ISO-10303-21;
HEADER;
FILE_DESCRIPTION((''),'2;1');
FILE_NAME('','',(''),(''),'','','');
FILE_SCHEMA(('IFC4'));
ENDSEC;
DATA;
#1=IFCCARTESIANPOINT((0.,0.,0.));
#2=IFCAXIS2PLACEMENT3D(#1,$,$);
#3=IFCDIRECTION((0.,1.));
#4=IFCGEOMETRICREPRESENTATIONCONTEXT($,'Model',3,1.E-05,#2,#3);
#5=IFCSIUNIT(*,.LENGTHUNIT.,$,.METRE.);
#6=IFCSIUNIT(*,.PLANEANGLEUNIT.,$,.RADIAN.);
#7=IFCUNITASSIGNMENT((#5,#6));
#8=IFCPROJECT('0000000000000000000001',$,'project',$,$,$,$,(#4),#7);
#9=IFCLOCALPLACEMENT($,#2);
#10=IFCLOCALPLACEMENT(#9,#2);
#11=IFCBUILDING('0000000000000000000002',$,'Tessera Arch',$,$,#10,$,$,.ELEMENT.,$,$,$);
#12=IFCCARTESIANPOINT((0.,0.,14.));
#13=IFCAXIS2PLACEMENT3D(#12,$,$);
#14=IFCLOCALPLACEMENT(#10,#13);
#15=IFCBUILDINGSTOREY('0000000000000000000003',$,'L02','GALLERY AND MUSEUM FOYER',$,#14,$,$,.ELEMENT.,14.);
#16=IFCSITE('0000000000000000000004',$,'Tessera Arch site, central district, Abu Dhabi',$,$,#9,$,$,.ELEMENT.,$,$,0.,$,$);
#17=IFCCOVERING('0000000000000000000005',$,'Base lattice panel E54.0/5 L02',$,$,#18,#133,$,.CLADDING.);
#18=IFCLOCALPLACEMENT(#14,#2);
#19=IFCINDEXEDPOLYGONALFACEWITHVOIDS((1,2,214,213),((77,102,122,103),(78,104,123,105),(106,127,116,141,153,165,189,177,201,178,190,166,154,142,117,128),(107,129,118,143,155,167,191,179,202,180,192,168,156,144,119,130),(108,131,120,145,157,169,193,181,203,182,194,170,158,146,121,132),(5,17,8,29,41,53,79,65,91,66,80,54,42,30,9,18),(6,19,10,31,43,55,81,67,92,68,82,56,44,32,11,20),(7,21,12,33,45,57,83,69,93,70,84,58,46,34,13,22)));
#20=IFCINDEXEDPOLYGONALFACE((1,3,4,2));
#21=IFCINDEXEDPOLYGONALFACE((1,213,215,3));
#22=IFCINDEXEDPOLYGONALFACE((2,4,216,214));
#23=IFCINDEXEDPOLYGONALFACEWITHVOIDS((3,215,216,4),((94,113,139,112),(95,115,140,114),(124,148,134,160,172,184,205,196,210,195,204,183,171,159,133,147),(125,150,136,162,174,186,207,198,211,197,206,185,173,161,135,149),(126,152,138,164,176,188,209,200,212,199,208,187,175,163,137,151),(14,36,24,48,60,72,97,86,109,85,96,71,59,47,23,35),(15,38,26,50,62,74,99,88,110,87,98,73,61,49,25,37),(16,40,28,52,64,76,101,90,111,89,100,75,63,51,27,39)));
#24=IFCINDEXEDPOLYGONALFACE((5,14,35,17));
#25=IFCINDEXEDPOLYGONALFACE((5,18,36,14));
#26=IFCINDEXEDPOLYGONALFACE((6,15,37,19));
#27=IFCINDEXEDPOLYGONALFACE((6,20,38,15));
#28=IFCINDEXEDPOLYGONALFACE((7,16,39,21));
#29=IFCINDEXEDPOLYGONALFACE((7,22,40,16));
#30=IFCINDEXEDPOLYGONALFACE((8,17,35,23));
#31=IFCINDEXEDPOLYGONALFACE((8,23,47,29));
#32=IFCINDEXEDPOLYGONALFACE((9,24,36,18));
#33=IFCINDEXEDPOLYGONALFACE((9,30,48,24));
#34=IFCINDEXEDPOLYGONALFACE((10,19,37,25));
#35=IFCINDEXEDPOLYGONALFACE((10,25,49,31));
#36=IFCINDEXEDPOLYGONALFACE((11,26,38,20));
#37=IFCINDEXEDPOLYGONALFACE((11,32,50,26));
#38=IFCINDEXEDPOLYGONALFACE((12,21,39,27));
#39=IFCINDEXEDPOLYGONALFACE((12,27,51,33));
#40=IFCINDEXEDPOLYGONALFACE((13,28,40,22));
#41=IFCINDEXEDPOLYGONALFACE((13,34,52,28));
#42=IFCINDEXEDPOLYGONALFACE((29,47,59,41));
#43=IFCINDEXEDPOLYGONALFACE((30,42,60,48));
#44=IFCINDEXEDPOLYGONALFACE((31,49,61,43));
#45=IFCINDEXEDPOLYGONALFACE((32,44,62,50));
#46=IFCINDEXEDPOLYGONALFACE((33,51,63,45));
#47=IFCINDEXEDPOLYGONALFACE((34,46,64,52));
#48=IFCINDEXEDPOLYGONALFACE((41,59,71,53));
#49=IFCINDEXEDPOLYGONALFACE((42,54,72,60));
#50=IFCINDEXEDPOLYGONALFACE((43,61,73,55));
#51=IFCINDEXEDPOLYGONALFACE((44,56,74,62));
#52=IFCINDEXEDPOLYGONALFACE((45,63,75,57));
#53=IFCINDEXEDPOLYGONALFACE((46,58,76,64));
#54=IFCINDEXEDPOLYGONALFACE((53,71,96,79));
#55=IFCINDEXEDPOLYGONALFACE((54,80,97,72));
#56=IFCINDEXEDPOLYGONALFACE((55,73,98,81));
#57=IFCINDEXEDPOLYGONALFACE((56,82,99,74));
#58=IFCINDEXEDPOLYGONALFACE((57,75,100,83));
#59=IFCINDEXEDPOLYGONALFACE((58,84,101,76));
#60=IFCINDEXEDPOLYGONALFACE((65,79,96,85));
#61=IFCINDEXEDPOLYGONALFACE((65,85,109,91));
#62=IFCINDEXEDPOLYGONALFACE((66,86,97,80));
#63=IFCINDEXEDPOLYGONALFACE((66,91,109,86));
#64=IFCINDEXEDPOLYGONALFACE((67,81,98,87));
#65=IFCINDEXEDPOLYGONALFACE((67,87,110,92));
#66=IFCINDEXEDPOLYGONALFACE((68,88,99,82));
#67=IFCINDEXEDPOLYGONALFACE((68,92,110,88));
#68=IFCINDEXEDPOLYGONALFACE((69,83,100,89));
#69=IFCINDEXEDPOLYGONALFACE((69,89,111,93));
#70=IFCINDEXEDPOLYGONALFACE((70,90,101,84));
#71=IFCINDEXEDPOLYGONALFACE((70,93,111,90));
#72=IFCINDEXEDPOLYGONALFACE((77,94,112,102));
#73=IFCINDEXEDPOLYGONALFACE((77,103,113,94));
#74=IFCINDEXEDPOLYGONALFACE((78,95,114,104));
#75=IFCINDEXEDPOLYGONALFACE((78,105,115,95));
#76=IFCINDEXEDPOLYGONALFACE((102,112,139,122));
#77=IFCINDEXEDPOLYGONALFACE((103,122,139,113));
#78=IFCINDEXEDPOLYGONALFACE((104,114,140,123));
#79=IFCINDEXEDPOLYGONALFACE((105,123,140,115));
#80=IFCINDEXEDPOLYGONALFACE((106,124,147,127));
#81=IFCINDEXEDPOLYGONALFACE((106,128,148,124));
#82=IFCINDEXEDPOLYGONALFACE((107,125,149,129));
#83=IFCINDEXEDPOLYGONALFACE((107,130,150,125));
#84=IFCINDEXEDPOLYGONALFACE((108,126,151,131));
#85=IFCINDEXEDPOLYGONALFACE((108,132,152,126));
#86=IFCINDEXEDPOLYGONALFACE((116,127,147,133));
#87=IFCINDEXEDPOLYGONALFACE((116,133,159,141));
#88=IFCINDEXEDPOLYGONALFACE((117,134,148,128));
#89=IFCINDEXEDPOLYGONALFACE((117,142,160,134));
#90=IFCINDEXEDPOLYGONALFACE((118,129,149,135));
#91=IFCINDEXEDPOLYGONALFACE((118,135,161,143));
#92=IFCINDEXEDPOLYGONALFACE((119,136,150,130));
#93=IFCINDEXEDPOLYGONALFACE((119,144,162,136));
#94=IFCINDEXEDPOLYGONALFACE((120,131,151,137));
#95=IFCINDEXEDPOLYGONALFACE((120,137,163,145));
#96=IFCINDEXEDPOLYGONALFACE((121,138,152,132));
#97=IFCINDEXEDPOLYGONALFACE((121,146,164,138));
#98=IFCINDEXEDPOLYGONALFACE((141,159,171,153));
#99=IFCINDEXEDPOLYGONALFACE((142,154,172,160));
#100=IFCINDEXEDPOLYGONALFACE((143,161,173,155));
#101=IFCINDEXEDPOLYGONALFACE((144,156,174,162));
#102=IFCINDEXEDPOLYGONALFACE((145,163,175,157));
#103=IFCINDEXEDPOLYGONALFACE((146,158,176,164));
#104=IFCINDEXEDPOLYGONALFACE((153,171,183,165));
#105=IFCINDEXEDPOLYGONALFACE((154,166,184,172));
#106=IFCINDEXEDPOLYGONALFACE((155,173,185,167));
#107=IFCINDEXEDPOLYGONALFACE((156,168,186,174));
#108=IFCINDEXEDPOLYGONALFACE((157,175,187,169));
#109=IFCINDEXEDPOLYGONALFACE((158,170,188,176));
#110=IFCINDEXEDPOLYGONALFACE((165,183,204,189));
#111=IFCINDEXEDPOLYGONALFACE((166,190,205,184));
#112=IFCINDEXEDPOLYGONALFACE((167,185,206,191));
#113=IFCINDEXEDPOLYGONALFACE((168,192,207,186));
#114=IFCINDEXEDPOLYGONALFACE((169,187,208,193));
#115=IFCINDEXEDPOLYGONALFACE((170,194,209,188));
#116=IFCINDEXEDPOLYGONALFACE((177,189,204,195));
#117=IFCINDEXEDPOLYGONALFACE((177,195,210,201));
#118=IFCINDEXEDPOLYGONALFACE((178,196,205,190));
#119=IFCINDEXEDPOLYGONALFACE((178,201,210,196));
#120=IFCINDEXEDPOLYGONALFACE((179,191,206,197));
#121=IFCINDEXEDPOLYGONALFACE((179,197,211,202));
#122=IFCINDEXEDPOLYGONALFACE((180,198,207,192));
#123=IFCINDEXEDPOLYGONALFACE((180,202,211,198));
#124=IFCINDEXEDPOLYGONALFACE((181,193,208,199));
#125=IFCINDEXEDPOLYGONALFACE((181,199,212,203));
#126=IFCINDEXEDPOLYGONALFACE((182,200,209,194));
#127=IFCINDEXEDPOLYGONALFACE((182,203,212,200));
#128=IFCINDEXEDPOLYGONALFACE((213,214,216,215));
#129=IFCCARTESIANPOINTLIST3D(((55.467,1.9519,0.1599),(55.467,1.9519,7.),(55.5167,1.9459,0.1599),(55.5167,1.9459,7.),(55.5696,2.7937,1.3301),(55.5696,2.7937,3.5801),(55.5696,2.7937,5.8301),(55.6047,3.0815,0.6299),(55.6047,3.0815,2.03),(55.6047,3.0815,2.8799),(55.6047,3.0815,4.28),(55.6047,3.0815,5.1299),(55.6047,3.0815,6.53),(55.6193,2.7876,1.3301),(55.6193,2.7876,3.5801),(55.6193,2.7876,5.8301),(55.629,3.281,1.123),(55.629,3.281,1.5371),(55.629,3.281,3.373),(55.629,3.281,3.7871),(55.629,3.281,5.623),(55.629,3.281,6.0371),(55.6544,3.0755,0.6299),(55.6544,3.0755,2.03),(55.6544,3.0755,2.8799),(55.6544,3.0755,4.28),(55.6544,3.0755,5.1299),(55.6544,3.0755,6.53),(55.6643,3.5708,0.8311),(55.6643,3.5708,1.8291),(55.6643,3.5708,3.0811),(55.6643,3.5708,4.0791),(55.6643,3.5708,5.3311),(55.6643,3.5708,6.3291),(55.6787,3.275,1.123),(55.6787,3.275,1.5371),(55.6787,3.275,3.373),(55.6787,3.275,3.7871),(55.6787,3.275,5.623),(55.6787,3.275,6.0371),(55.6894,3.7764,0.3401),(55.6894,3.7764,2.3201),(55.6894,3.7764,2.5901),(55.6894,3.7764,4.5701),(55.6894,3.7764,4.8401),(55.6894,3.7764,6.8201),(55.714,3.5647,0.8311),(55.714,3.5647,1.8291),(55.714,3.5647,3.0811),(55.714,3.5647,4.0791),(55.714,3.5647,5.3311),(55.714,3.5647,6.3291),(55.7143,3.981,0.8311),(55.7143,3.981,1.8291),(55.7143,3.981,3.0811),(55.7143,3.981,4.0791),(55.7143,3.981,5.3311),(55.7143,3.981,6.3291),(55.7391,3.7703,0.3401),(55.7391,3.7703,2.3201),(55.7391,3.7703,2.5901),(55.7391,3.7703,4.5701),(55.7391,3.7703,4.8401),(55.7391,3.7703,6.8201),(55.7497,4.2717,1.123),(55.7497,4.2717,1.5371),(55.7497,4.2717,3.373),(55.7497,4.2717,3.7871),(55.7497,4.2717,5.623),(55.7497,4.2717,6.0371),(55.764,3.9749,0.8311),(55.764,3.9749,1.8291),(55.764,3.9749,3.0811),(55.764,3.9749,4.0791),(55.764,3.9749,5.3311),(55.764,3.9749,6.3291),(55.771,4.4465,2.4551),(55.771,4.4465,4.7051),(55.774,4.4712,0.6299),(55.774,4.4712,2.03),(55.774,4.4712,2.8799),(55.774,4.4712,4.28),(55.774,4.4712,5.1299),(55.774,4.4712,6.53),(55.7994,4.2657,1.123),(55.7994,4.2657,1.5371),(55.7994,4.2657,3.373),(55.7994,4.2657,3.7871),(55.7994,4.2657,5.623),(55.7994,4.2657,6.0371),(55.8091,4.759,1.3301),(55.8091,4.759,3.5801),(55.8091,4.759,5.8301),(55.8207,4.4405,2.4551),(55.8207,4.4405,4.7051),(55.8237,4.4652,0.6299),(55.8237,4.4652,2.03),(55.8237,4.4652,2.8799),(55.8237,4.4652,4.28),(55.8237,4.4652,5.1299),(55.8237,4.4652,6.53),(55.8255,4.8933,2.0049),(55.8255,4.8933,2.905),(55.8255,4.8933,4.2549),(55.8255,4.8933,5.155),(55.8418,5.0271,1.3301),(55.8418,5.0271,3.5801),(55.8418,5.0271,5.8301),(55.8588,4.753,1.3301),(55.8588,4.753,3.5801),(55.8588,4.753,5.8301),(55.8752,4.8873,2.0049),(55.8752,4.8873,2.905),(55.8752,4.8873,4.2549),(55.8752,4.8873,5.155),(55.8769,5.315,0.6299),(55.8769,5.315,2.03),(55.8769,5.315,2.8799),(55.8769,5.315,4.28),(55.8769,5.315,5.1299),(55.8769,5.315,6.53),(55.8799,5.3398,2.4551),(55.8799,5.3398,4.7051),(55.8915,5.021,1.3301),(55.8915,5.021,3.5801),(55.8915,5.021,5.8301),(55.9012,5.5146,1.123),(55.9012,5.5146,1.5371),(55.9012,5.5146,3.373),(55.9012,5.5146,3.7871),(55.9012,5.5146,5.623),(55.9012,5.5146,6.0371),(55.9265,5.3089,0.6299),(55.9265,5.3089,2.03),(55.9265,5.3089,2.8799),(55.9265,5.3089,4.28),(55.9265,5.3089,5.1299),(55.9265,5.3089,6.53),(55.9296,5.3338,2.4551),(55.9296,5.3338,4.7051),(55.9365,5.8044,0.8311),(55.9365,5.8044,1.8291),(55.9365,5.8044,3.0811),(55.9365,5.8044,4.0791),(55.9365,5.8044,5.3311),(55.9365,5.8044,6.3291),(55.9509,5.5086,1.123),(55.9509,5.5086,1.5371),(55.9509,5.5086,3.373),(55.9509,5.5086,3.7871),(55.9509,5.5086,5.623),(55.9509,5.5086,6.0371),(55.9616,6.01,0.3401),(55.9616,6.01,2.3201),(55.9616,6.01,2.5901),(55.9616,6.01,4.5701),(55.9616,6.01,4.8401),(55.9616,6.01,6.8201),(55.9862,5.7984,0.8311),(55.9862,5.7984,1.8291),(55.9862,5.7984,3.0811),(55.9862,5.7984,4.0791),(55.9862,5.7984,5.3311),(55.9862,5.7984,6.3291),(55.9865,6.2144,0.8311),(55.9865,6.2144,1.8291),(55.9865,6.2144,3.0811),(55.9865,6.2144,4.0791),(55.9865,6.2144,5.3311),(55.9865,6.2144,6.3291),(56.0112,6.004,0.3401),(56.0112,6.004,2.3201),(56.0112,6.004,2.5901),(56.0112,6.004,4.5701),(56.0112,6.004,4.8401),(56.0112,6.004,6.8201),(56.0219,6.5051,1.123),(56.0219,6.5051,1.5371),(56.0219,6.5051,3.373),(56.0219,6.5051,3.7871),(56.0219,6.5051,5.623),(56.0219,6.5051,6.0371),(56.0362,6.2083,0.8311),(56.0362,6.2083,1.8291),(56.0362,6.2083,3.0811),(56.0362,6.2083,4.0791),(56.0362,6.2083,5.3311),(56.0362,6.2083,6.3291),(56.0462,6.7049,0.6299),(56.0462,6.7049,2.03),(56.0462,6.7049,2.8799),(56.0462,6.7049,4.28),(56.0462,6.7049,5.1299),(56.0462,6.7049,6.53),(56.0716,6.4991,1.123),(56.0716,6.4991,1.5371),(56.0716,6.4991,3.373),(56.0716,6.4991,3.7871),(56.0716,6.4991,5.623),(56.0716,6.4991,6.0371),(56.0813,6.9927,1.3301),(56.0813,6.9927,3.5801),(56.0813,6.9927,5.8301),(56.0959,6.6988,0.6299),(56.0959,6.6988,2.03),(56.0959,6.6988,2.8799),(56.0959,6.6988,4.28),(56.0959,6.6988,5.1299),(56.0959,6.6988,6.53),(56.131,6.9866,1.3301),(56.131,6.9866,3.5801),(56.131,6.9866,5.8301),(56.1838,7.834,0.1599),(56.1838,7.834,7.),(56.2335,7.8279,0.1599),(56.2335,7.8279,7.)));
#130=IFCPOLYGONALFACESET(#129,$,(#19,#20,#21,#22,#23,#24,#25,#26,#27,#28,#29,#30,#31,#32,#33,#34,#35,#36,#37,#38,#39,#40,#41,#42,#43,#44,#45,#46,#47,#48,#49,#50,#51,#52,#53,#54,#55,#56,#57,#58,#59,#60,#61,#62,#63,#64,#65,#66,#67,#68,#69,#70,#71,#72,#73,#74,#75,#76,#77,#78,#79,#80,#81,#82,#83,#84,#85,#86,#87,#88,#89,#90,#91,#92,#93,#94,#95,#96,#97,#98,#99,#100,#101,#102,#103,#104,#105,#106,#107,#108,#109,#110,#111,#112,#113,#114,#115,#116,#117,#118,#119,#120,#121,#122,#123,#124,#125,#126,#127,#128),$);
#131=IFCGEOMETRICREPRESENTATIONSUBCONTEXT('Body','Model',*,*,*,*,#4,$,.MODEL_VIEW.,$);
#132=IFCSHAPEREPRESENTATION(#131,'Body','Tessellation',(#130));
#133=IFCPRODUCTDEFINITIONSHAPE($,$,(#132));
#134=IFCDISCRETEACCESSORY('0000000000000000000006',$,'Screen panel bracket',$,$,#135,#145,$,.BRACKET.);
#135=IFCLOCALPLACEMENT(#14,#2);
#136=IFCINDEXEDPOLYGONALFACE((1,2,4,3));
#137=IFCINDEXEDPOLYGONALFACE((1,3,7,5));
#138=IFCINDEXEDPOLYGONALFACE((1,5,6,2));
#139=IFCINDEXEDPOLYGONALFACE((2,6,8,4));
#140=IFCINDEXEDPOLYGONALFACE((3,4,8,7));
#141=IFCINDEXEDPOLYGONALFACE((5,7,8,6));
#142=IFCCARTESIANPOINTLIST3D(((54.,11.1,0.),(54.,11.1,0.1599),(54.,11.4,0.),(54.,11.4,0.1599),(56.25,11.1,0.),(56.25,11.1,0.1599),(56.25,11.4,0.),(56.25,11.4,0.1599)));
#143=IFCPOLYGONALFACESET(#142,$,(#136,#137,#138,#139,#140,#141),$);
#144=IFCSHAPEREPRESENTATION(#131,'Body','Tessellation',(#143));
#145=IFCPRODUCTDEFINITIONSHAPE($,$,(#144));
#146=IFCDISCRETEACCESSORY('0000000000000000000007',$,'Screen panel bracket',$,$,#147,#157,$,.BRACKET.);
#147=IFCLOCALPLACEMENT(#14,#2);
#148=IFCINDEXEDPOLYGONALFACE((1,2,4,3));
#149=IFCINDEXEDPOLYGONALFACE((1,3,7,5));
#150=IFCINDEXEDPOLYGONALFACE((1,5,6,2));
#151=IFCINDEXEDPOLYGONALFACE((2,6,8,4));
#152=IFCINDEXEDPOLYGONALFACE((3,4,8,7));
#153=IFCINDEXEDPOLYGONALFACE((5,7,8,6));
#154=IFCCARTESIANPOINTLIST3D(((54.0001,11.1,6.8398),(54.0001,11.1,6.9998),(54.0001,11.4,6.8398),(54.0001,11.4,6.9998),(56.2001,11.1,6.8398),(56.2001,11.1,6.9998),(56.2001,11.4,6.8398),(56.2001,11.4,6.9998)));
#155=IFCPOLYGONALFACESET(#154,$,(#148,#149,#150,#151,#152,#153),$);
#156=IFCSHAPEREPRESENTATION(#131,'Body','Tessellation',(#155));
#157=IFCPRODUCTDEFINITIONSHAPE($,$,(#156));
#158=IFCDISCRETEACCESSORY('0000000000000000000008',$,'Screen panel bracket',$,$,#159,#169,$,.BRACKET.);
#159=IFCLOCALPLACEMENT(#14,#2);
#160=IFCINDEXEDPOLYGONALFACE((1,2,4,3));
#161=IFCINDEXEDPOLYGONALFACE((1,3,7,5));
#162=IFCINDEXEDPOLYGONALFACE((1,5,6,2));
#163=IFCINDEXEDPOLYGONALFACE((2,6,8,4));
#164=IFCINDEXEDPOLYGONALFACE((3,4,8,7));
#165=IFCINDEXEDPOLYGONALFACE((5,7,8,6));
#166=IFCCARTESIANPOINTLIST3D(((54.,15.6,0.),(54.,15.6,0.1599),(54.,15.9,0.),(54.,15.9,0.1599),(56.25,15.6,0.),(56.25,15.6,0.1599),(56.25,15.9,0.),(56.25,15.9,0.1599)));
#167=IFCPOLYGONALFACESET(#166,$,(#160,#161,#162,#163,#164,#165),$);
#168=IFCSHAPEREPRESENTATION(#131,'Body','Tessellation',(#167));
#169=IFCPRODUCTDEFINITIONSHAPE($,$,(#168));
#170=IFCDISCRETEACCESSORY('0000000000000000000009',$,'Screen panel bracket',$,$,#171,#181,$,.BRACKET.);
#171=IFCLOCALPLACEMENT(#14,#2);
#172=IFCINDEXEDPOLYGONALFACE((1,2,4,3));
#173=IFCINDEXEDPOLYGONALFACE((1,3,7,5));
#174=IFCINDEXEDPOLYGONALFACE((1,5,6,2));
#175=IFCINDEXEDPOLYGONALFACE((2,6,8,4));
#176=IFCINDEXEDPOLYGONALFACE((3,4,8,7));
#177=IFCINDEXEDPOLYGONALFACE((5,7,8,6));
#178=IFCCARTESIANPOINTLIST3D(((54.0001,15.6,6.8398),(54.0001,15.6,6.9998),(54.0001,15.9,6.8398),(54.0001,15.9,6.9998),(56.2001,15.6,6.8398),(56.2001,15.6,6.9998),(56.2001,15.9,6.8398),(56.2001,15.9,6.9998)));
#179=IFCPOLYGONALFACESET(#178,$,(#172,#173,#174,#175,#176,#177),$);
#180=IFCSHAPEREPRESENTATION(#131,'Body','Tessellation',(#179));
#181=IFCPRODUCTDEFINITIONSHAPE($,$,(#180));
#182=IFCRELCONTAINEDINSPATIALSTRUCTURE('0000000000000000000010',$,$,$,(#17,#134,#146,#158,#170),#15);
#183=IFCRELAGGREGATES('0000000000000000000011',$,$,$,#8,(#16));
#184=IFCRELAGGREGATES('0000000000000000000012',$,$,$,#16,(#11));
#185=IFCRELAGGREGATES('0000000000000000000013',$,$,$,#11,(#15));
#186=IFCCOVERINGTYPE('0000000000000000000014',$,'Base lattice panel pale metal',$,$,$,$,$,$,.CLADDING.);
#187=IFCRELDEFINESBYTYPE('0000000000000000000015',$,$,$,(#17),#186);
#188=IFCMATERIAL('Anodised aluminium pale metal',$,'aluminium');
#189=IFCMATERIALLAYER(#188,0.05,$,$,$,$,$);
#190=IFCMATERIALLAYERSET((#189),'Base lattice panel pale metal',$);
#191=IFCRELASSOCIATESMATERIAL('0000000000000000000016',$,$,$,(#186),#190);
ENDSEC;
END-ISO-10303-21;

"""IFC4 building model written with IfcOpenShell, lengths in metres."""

from ifc_helpers import new_model, si_unit, direction, frame, origin, origin_2d, place, context, subcontext, project, spatial, polyline, rectangle, outline, extrude, material, layer, layer_set, type_object, element, save


model = new_model("IFC4")

# Units and contexts
model_context = context("Model", 3, precision=1e-05, world=origin(), true_north=direction((0.0, 1.0)))
body_context = subcontext(model_context, "Body", "Model", "MODEL_VIEW")
ifc_project = project(units=[si_unit("LENGTHUNIT", "METRE"), si_unit("PLANEANGLEUNIT", "RADIAN")], contexts=[model_context])

# Site, building, storey
site_placement = place(None, origin())
site = spatial("IfcSite", under=ifc_project, at=site_placement, Name="Tessera Arch site, central district, Abu Dhabi", CompositionType="ELEMENT", RefElevation=0.0)
building_placement = place(site_placement, origin())
building = spatial("IfcBuilding", under=site, at=building_placement, Name="Tessera Arch", CompositionType="ELEMENT")
storey_placement = place(building_placement, frame((0.0, 0.0, 14.0)))
storey = spatial("IfcBuildingStorey", under=building, at=storey_placement, Name="L02", Description="GALLERY AND MUSEUM FOYER", CompositionType="ELEMENT", Elevation=14.0)

# Covering
ifc_material_1 = material(Name="Anodised aluminium pale metal", Category="aluminium")
ifc_layer_1 = layer(ifc_material_1, 0.05)
ifc_layer_set_1 = layer_set([ifc_layer_1], Name="Base lattice panel pale metal")
covering_type = type_object("IfcCoveringType", Name="Base lattice panel pale metal", PredefinedType="CLADDING", material=ifc_layer_set_1)
covering_1_placement = place(storey_placement, frame((55.467, 1.9519, 7.0), z_axis=(-0.992657, 0.120966, 0.0), x_axis=(0.120966, 0.992657, 0.0)))
element("IfcCovering", 1, at=covering_1_placement, inside=storey, type_object=covering_type, Name="Base lattice panel E54.0/5 L02", PredefinedType="CLADDING", context=body_context, shape_type="SweptSolid", body=[
    extrude(outline(polyline([(0.0, 0.0), (5.9256, 0.0), (5.9256, 6.8401), (0.0, 6.8401), (0.0, 0.0)]), holes=[polyline([(2.8279, 5.6699), (2.337, 5.4629), (2.5379, 4.97), (2.0441, 5.1709), (1.838, 4.6799), (1.6309, 5.1709), (1.138, 4.97), (1.339, 5.4629), (0.848, 5.6699), (1.339, 5.877), (1.138, 6.3701), (1.6309, 6.1689), (1.838, 6.6599), (2.0441, 6.1689), (2.5379, 6.3701), (2.337, 5.877), (2.8279, 5.6699)]), polyline([(2.8279, 3.4199), (2.337, 3.2129), (2.5379, 2.72), (2.0441, 2.9209), (1.838, 2.4299), (1.6309, 2.9209), (1.138, 2.72), (1.339, 3.2129), (0.848, 3.4199), (1.339, 3.627), (1.138, 4.1201), (1.6309, 3.9189), (1.838, 4.4099), (2.0441, 3.9189), (2.5379, 4.1201), (2.337, 3.627), (2.8279, 3.4199)]), polyline([(2.8279, 1.1699), (2.337, 0.9629), (2.5379, 0.47), (2.0441, 0.6709), (1.838, 0.1799), (1.6309, 0.6709), (1.138, 0.47), (1.339, 0.9629), (0.848, 1.1699), (1.339, 1.377), (1.138, 1.8701), (1.6309, 1.6689), (1.838, 2.1599), (2.0441, 1.6689), (2.5379, 1.8701), (2.337, 1.377), (2.8279, 1.1699)]), polyline([(5.0781, 5.6699), (4.5869, 5.4629), (4.7881, 4.97), (4.294, 5.1709), (4.0881, 4.6799), (3.881, 5.1709), (3.3879, 4.97), (3.5891, 5.4629), (3.0979, 5.6699), (3.5891, 5.877), (3.3879, 6.3701), (3.881, 6.1689), (4.0881, 6.6599), (4.294, 6.1689), (4.7881, 6.3701), (4.5869, 5.877), (5.0781, 5.6699)]), polyline([(5.0781, 3.4199), (4.5869, 3.2129), (4.7881, 2.72), (4.294, 2.9209), (4.0881, 2.4299), (3.881, 2.9209), (3.3879, 2.72), (3.5891, 3.2129), (3.0979, 3.4199), (3.5891, 3.627), (3.3879, 4.1201), (3.881, 3.9189), (4.0881, 4.4099), (4.294, 3.9189), (4.7881, 4.1201), (4.5869, 3.627), (5.0781, 3.4199)]), polyline([(5.0781, 1.1699), (4.5869, 0.9629), (4.7881, 0.47), (4.294, 0.6709), (4.0881, 0.1799), (3.881, 0.6709), (3.3879, 0.47), (3.5891, 0.9629), (3.0979, 1.1699), (3.5891, 1.377), (3.3879, 1.8701), (3.881, 1.6689), (4.0881, 2.1599), (4.294, 1.6689), (4.7881, 1.8701), (4.5869, 1.377), (5.0781, 1.1699)]), polyline([(3.413, 4.5449), (2.9632, 4.095), (2.5131, 4.5449), (2.9632, 4.9951), (3.413, 4.5449)]), polyline([(3.413, 2.2949), (2.9632, 1.845), (2.5131, 2.2949), (2.9632, 2.7451), (3.413, 2.2949)])]), origin(), (0.0, 0.0, -1.0), 0.05),
])

# Discrete accessories
discrete_accessory_1_placement = place(storey_placement, frame((55.125, 11.25, 0.0), z_axis=(0.0, 0.0, 1.0), x_axis=(1.0, 0.0, 0.0)))
element("IfcDiscreteAccessory", 2, at=discrete_accessory_1_placement, inside=storey, Name="Screen panel bracket", PredefinedType="BRACKET", context=body_context, shape_type="SweptSolid", body=[
    extrude(rectangle(XDim=2.25, YDim=0.3, at=origin_2d()), origin(), (0.0, 0.0, 1.0), 0.1599),
])
discrete_accessory_2_placement = place(storey_placement, frame((55.1001, 11.25, 6.8398), z_axis=(0.0, 0.0, 1.0), x_axis=(1.0, 0.0, 0.0)))
element("IfcDiscreteAccessory", 3, at=discrete_accessory_2_placement, inside=storey, Name="Screen panel bracket", PredefinedType="BRACKET", context=body_context, shape_type="SweptSolid", body=[
    extrude(rectangle(XDim=2.2, YDim=0.3, at=origin_2d()), origin(), (0.0, 0.0, 1.0), 0.1599),
])
discrete_accessory_3_placement = place(storey_placement, frame((55.125, 15.75, 0.0), z_axis=(0.0, 0.0, 1.0), x_axis=(1.0, 0.0, 0.0)))
element("IfcDiscreteAccessory", 4, at=discrete_accessory_3_placement, inside=storey, Name="Screen panel bracket", PredefinedType="BRACKET", context=body_context, shape_type="SweptSolid", body=[
    extrude(rectangle(XDim=2.25, YDim=0.3, at=origin_2d()), origin(), (0.0, 0.0, 1.0), 0.1599),
])
discrete_accessory_4_placement = place(storey_placement, frame((55.1001, 15.75, 6.8398), z_axis=(0.0, 0.0, 1.0), x_axis=(1.0, 0.0, 0.0)))
element("IfcDiscreteAccessory", 5, at=discrete_accessory_4_placement, inside=storey, Name="Screen panel bracket", PredefinedType="BRACKET", context=body_context, shape_type="SweptSolid", body=[
    extrude(rectangle(XDim=2.2, YDim=0.3, at=origin_2d()), origin(), (0.0, 0.0, 1.0), 0.1599),
])

save(model, "model.ifc")
